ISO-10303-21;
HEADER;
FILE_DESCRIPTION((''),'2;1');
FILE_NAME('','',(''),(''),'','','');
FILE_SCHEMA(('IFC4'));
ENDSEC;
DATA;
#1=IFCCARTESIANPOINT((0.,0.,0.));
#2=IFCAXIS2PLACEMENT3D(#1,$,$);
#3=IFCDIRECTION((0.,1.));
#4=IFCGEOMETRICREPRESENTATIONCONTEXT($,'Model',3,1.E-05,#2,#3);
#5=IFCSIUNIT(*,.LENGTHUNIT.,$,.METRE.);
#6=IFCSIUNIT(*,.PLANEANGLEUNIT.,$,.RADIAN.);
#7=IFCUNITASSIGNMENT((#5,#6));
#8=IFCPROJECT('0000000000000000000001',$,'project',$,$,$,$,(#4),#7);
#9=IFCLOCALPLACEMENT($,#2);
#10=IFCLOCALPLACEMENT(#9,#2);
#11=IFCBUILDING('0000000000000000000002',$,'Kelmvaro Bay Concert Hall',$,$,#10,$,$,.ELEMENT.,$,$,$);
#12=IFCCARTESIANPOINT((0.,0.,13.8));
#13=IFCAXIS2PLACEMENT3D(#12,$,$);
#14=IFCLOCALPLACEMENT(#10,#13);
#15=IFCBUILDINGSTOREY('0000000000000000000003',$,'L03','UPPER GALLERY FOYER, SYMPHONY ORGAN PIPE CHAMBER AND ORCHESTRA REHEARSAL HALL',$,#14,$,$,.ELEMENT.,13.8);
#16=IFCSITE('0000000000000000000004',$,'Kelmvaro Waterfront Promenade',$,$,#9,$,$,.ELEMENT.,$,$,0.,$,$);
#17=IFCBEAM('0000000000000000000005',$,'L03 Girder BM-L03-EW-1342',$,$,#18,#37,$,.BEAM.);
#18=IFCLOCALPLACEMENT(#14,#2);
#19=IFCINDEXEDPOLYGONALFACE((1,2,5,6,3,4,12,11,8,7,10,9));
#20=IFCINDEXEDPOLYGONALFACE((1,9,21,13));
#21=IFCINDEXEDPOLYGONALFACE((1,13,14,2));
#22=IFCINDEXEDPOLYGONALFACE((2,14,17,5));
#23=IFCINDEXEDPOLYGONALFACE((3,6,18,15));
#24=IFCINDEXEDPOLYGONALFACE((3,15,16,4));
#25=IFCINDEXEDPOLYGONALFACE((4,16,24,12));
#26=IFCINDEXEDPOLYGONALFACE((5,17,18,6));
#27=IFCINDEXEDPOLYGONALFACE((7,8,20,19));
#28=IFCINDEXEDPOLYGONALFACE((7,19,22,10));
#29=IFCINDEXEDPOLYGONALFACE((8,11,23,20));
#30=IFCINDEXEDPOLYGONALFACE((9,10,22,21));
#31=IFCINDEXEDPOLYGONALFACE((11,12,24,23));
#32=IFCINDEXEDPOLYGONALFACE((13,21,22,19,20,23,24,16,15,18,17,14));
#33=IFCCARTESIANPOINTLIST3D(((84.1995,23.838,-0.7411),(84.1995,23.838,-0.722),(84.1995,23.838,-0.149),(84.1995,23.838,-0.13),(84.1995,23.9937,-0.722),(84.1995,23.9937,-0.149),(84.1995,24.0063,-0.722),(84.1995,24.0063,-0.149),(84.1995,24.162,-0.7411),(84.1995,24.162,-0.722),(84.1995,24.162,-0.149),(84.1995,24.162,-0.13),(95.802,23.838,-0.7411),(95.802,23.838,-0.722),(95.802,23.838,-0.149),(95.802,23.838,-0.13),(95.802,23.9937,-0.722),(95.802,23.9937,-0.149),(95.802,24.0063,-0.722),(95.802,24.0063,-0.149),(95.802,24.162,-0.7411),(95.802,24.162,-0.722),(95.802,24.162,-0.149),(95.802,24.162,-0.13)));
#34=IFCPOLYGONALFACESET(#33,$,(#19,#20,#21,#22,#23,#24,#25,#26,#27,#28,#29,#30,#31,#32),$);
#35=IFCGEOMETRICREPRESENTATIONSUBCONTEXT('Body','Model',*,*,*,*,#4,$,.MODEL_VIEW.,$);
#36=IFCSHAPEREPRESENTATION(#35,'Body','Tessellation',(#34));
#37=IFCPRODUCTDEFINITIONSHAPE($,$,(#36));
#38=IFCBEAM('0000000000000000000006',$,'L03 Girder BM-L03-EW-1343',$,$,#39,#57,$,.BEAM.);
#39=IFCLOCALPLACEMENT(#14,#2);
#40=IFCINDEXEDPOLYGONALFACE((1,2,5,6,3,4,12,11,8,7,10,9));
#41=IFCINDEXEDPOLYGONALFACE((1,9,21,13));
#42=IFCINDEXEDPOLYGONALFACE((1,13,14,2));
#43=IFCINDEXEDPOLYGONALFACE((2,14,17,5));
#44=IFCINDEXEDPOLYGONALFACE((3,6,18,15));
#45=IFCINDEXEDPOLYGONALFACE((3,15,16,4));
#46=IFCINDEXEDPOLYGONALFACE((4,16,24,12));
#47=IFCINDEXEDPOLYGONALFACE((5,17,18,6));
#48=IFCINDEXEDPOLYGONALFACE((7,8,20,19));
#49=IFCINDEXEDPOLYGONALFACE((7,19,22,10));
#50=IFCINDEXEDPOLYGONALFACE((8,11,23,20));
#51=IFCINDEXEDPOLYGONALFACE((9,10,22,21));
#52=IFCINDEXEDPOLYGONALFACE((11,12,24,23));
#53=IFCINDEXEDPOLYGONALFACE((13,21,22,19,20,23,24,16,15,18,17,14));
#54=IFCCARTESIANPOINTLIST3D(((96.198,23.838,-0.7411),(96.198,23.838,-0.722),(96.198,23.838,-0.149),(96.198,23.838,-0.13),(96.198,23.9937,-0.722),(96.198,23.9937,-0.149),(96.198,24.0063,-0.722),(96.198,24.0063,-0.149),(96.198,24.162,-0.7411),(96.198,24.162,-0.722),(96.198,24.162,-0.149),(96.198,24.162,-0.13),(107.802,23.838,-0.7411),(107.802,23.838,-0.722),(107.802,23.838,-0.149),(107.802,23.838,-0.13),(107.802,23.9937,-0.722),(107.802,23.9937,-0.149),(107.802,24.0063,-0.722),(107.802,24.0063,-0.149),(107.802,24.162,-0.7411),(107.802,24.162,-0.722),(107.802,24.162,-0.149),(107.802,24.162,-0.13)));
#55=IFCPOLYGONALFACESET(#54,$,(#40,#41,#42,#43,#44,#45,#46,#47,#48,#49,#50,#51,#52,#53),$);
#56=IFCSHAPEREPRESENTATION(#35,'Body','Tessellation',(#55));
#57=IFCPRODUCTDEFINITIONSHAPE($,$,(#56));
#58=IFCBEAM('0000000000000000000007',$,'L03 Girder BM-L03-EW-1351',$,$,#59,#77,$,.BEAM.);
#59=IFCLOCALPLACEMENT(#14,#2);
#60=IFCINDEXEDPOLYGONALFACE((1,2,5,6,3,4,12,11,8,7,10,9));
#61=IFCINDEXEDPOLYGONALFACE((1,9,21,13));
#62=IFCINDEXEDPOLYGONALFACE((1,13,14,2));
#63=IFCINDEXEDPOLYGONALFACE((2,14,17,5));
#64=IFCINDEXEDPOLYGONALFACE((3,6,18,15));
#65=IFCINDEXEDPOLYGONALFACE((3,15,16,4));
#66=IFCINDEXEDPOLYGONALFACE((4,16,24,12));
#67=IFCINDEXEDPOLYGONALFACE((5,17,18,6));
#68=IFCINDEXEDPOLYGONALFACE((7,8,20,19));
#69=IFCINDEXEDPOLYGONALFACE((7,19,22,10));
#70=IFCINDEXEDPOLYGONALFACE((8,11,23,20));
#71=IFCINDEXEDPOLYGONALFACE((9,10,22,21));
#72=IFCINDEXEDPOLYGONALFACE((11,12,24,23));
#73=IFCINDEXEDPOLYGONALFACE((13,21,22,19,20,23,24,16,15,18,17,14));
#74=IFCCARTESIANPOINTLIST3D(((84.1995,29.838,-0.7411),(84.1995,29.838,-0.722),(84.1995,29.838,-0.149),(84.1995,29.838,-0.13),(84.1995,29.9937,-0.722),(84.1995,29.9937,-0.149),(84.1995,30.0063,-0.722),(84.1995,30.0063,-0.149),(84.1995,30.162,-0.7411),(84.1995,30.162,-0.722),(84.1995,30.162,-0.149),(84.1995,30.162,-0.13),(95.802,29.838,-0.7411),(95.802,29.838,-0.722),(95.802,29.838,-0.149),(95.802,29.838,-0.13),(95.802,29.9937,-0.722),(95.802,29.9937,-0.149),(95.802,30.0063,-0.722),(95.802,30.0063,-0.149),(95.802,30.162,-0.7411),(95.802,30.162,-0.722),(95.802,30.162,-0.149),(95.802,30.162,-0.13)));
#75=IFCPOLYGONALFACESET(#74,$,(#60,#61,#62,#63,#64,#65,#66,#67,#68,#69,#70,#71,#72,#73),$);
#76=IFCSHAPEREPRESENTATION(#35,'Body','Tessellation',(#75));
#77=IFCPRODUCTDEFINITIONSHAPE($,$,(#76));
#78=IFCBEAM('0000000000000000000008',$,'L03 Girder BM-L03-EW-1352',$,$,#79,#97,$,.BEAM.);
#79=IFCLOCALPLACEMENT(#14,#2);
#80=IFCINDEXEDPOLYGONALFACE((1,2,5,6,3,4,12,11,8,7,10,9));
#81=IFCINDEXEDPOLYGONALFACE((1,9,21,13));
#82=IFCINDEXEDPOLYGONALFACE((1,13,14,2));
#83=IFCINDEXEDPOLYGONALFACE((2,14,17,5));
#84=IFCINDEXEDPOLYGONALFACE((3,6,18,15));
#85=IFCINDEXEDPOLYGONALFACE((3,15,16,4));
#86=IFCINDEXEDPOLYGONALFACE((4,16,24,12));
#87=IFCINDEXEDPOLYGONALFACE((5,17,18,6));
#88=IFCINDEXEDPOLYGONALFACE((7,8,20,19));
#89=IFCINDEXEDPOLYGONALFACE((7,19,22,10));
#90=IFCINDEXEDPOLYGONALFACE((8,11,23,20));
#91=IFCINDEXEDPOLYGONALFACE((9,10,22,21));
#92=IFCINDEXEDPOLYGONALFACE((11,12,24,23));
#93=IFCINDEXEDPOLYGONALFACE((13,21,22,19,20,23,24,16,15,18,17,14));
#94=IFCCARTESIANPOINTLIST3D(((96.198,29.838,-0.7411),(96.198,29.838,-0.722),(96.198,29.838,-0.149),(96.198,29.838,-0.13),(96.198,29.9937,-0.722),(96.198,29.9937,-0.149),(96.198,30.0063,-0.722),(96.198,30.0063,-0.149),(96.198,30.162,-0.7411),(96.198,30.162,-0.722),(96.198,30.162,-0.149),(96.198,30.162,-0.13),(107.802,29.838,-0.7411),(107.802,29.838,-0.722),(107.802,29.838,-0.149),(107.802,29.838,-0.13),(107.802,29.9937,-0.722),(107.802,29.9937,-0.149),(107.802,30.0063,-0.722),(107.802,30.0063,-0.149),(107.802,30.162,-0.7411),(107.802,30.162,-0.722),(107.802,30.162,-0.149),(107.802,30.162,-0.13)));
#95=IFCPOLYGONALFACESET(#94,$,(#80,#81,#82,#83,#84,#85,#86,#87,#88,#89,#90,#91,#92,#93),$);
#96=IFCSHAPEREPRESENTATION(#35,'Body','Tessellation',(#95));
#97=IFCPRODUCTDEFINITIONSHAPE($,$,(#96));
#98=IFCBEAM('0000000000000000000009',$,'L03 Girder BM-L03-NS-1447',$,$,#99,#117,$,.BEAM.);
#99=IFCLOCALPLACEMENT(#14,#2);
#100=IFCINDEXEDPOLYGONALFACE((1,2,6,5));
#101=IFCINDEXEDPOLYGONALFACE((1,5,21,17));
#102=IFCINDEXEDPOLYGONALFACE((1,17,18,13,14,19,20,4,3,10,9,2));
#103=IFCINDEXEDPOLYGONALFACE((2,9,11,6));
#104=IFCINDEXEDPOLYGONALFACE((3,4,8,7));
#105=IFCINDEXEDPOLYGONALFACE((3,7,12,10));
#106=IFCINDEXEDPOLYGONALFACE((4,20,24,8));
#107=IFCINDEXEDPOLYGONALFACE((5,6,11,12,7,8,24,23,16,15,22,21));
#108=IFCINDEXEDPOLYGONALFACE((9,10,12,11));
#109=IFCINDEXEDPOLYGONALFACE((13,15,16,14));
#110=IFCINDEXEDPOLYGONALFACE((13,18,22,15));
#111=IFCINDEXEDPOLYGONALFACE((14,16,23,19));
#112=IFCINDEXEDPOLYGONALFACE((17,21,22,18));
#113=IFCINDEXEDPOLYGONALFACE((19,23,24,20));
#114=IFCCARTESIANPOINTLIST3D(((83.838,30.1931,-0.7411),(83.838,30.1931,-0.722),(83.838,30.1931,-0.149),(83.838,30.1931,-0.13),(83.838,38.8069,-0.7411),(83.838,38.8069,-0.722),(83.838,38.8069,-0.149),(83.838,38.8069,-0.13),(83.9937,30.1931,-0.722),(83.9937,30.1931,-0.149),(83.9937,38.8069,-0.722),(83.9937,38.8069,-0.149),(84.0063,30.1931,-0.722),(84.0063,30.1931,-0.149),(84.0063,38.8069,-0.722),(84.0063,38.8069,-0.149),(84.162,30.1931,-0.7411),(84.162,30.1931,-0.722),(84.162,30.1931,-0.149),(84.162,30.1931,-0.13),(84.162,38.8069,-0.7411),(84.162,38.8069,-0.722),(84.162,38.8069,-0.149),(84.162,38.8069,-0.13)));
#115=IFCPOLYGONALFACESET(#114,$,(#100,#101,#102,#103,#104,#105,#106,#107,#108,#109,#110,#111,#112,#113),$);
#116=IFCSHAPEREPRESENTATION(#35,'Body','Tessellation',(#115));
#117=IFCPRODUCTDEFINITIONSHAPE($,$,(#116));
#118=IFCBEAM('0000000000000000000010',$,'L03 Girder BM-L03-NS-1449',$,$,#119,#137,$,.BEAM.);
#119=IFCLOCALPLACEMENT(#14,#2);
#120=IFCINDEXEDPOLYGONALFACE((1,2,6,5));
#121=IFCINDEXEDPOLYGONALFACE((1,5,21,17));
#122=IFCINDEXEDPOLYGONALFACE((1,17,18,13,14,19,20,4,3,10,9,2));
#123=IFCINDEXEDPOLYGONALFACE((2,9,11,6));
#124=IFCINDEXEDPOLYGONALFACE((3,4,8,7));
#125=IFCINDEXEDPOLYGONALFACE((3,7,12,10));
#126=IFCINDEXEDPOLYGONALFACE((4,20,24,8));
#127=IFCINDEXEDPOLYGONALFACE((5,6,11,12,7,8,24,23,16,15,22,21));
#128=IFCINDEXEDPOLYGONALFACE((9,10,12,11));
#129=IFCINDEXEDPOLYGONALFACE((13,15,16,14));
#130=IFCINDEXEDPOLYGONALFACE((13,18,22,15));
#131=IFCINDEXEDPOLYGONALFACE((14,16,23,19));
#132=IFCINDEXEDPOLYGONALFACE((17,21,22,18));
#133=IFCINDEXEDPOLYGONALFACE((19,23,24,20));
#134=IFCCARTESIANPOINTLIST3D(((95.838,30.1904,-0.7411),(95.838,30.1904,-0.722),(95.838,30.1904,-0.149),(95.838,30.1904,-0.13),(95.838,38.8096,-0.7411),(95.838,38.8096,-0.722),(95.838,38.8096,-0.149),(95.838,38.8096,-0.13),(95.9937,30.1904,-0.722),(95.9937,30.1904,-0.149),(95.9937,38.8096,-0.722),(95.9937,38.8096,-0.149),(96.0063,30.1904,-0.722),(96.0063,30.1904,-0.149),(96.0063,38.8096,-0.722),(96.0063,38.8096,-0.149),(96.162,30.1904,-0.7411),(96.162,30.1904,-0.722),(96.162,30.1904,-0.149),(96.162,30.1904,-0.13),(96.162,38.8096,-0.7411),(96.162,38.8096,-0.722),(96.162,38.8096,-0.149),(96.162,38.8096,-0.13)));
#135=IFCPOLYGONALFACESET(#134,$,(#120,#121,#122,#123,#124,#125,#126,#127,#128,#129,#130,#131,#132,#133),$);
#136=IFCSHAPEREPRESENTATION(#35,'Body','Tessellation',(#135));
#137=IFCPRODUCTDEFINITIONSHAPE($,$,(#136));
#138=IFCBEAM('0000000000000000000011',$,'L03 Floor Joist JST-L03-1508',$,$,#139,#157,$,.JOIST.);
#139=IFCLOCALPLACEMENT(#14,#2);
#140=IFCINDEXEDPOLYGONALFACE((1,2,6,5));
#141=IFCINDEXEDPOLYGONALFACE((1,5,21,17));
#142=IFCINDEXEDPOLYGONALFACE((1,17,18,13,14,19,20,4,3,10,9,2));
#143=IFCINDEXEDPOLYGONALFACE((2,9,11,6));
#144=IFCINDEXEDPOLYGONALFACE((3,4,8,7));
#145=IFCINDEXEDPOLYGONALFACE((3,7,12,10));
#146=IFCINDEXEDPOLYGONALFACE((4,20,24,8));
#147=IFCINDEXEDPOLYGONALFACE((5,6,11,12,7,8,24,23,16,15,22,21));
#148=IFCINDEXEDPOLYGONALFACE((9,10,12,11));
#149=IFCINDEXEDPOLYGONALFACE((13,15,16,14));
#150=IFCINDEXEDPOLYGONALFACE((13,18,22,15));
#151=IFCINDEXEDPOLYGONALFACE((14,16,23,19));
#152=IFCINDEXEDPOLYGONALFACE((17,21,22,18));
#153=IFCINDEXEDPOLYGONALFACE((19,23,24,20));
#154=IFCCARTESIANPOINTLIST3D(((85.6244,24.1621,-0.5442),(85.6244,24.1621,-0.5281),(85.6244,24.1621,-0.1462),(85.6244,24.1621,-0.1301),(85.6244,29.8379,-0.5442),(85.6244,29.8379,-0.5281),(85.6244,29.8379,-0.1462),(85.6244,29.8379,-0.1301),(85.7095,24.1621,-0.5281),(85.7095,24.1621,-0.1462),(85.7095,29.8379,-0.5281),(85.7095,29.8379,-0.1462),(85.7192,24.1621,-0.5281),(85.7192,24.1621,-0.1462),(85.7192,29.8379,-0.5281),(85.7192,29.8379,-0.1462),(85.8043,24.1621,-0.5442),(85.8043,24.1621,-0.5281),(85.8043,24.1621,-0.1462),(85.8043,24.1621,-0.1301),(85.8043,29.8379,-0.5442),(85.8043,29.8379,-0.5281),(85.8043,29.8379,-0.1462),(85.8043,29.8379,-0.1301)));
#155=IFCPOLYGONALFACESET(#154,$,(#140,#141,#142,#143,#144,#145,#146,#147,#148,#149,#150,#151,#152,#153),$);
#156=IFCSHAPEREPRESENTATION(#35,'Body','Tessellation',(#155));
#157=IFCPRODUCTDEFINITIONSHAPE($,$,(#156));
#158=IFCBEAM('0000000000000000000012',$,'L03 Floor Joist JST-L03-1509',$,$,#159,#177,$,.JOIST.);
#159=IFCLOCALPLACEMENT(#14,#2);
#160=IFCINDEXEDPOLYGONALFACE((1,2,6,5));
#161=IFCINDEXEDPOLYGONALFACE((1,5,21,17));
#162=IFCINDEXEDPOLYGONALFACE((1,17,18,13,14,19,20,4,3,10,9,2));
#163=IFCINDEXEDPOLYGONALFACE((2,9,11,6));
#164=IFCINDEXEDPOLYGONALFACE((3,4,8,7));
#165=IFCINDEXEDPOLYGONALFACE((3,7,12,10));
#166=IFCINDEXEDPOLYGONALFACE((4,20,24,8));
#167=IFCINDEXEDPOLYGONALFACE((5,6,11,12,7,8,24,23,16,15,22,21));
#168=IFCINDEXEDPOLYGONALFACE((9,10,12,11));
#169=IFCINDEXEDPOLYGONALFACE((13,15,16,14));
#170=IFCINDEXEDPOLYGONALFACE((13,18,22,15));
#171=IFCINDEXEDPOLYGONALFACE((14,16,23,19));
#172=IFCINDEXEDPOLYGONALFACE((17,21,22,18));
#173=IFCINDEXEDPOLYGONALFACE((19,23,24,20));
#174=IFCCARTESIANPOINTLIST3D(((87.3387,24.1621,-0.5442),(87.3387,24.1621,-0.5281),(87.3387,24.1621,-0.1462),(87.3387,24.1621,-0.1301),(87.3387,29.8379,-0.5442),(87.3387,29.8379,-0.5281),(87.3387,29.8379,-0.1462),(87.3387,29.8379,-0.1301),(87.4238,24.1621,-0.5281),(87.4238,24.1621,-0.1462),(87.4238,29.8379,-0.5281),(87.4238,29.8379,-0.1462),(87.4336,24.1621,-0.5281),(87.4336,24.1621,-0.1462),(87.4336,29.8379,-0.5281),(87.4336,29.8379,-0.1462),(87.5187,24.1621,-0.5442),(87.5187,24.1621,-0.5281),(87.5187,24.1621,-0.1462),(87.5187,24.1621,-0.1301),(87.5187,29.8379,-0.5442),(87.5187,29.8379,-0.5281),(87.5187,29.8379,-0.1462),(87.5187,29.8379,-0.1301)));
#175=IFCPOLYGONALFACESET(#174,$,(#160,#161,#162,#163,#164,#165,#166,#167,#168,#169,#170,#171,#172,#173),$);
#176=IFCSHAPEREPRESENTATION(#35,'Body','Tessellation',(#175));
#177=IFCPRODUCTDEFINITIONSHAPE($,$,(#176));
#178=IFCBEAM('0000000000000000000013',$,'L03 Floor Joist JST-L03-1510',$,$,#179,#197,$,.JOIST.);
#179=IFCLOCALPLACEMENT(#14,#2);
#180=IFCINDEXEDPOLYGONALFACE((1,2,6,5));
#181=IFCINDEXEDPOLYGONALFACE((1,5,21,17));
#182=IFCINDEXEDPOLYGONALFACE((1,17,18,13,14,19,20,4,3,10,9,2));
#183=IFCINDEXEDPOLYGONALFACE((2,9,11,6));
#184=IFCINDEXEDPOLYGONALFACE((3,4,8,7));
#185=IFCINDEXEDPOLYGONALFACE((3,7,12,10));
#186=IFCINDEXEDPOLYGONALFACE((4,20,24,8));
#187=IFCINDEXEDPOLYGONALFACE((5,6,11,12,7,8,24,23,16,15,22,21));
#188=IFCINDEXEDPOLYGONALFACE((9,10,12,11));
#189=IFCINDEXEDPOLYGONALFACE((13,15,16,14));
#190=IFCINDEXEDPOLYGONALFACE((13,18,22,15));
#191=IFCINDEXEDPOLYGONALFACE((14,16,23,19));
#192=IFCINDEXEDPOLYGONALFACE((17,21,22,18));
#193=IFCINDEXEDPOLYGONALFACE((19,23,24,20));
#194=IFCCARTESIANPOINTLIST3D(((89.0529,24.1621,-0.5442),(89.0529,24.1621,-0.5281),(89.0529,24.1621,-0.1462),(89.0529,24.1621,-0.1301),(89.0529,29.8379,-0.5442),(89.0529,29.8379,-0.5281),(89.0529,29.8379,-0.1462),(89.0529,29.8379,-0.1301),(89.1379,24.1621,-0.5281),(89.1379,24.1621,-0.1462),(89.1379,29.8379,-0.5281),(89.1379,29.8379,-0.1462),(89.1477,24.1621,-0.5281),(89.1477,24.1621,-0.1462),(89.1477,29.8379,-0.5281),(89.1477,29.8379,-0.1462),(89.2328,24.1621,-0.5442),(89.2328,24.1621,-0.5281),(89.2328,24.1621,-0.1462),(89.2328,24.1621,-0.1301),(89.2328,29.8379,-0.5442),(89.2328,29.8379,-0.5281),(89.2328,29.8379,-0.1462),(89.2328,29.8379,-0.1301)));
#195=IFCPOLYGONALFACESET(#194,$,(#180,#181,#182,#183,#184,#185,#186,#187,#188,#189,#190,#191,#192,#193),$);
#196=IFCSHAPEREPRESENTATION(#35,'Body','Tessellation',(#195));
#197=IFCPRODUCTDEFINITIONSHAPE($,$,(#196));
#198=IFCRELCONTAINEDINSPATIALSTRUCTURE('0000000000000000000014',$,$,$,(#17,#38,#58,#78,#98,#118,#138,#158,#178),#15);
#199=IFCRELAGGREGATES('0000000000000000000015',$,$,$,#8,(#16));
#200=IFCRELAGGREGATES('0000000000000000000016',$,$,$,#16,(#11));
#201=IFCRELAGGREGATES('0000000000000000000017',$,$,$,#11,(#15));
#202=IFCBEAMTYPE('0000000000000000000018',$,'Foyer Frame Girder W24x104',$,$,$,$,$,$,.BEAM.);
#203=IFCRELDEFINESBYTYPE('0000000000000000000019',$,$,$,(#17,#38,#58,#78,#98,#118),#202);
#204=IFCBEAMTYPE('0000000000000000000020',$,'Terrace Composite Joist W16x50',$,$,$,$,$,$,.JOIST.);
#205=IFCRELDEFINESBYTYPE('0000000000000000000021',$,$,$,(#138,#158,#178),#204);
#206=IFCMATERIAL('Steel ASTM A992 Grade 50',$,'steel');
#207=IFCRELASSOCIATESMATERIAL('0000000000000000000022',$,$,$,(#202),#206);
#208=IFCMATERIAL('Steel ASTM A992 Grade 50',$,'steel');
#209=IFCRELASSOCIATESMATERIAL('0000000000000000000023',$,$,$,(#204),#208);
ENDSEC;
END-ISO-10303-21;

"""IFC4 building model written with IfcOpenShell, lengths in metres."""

from ifc_helpers import new_model, si_unit, direction, frame, origin, origin_2d, place, context, subcontext, project, spatial, i_section, extrude, material, material_profile, profile_set, type_object, element, save


model = new_model("IFC4")

# Units and contexts
model_context = context("Model", 3, precision=1e-05, world=origin(), true_north=direction((0.0, 1.0)))
body_context = subcontext(model_context, "Body", "Model", "MODEL_VIEW")
ifc_project = project(units=[si_unit("LENGTHUNIT", "METRE"), si_unit("PLANEANGLEUNIT", "RADIAN")], contexts=[model_context])

# Site, building, storey
site_placement = place(None, origin())
site = spatial("IfcSite", under=ifc_project, at=site_placement, Name="Kelmvaro Waterfront Promenade", CompositionType="ELEMENT", RefElevation=0.0)
building_placement = place(site_placement, origin())
building = spatial("IfcBuilding", under=site, at=building_placement, Name="Kelmvaro Bay Concert Hall", CompositionType="ELEMENT")
storey_placement = place(building_placement, frame((0.0, 0.0, 13.8)))
storey = spatial("IfcBuildingStorey", under=building, at=storey_placement, Name="L03", Description="UPPER GALLERY FOYER, SYMPHONY ORGAN PIPE CHAMBER AND ORCHESTRA REHEARSAL HALL", CompositionType="ELEMENT", Elevation=13.8)

# Beams
ifc_material_1 = material(Name="Steel ASTM A992 Grade 50", Category="steel")
ifc_material_profile_1 = material_profile(ifc_material_1, i_section(OverallWidth=0.324, OverallDepth=0.6111, WebThickness=0.0127, FlangeThickness=0.019, at=origin_2d()), Name="W24X104")
ifc_profile_set_1 = profile_set([ifc_material_profile_1], Name="Steel ASTM A992 Grade 50")
beam_type_1 = type_object("IfcBeamType", Name="Foyer Frame Girder W24x104", PredefinedType="BEAM", material=ifc_profile_set_1)
beam_1_placement = place(storey_placement, frame((84.1995, 24.0, -0.4355), z_axis=(1.0, 0.0, 0.0), x_axis=(0.0, 1.0, 0.0)))
element("IfcBeam", 1, at=beam_1_placement, inside=storey, type_object=beam_type_1, Name="L03 Girder BM-L03-EW-1342", PredefinedType="BEAM", context=body_context, shape_type="SweptSolid", body=[
    extrude(i_section(OverallWidth=0.324, OverallDepth=0.6111, WebThickness=0.0127, FlangeThickness=0.019, at=origin_2d()), origin(), (0.0, 0.0, 1.0), 11.6025),
])
beam_2_placement = place(storey_placement, frame((96.198, 24.0, -0.4355), z_axis=(1.0, 0.0, 0.0), x_axis=(0.0, 1.0, 0.0)))
element("IfcBeam", 2, at=beam_2_placement, inside=storey, type_object=beam_type_1, Name="L03 Girder BM-L03-EW-1343", PredefinedType="BEAM", context=body_context, shape_type="SweptSolid", body=[
    extrude(i_section(OverallWidth=0.324, OverallDepth=0.6111, WebThickness=0.0127, FlangeThickness=0.019, at=origin_2d()), origin(), (0.0, 0.0, 1.0), 11.604),
])
beam_3_placement = place(storey_placement, frame((84.1995, 30.0, -0.4355), z_axis=(1.0, 0.0, 0.0), x_axis=(0.0, 1.0, 0.0)))
element("IfcBeam", 3, at=beam_3_placement, inside=storey, type_object=beam_type_1, Name="L03 Girder BM-L03-EW-1351", PredefinedType="BEAM", context=body_context, shape_type="SweptSolid", body=[
    extrude(i_section(OverallWidth=0.324, OverallDepth=0.6111, WebThickness=0.0127, FlangeThickness=0.019, at=origin_2d()), origin(), (0.0, 0.0, 1.0), 11.6025),
])
beam_4_placement = place(storey_placement, frame((96.198, 30.0, -0.4355), z_axis=(1.0, 0.0, 0.0), x_axis=(0.0, 1.0, 0.0)))
element("IfcBeam", 4, at=beam_4_placement, inside=storey, type_object=beam_type_1, Name="L03 Girder BM-L03-EW-1352", PredefinedType="BEAM", context=body_context, shape_type="SweptSolid", body=[
    extrude(i_section(OverallWidth=0.324, OverallDepth=0.6111, WebThickness=0.0127, FlangeThickness=0.019, at=origin_2d()), origin(), (0.0, 0.0, 1.0), 11.604),
])
beam_5_placement = place(storey_placement, frame((84.0, 30.1931, -0.4355), z_axis=(0.0, 1.0, 0.0), x_axis=(-1.0, 0.0, 0.0)))
element("IfcBeam", 5, at=beam_5_placement, inside=storey, type_object=beam_type_1, Name="L03 Girder BM-L03-NS-1447", PredefinedType="BEAM", context=body_context, shape_type="SweptSolid", body=[
    extrude(i_section(OverallWidth=0.324, OverallDepth=0.6111, WebThickness=0.0127, FlangeThickness=0.019, at=origin_2d()), origin(), (0.0, 0.0, 1.0), 8.6138),
])
beam_6_placement = place(storey_placement, frame((96.0, 30.1904, -0.4355), z_axis=(0.0, 1.0, 0.0), x_axis=(-1.0, 0.0, 0.0)))
element("IfcBeam", 6, at=beam_6_placement, inside=storey, type_object=beam_type_1, Name="L03 Girder BM-L03-NS-1449", PredefinedType="BEAM", context=body_context, shape_type="SweptSolid", body=[
    extrude(i_section(OverallWidth=0.324, OverallDepth=0.6111, WebThickness=0.0127, FlangeThickness=0.019, at=origin_2d()), origin(), (0.0, 0.0, 1.0), 8.6191),
])
ifc_material_2 = material(Name="Steel ASTM A992 Grade 50", Category="steel")
ifc_material_profile_2 = material_profile(ifc_material_2, i_section(OverallWidth=0.1799, OverallDepth=0.4141, WebThickness=0.0098, FlangeThickness=0.0161, at=origin_2d()), Name="W16X50")
ifc_profile_set_2 = profile_set([ifc_material_profile_2], Name="Steel ASTM A992 Grade 50")
beam_type_2 = type_object("IfcBeamType", Name="Terrace Composite Joist W16x50", PredefinedType="JOIST", material=ifc_profile_set_2)
for number, where, z_axis, x_axis, name in (
    (7, (85.7144, 24.1621, -0.3372), (0.0, 1.0, 0.0), (-1.0, 0.0, 0.0), "L03 Floor Joist JST-L03-1508"),
    (8, (87.4287, 24.1621, -0.3372), (0.0, 1.0, 0.0), (-1.0, 0.0, 0.0), "L03 Floor Joist JST-L03-1509"),
    (9, (89.1428, 24.1621, -0.3372), (0.0, 1.0, 0.0), (-1.0, 0.0, 0.0), "L03 Floor Joist JST-L03-1510"),
):
    element("IfcBeam", number, at=place(storey_placement, frame(where, z_axis=z_axis, x_axis=x_axis)), inside=storey, type_object=beam_type_2, Name=name, PredefinedType="JOIST", context=body_context, shape_type="SweptSolid", body=[
        extrude(i_section(OverallWidth=0.1799, OverallDepth=0.4141, WebThickness=0.0098, FlangeThickness=0.0161, at=origin_2d()), origin(), (0.0, 0.0, 1.0), 5.6758),
    ])

save(model, "model.ifc")
